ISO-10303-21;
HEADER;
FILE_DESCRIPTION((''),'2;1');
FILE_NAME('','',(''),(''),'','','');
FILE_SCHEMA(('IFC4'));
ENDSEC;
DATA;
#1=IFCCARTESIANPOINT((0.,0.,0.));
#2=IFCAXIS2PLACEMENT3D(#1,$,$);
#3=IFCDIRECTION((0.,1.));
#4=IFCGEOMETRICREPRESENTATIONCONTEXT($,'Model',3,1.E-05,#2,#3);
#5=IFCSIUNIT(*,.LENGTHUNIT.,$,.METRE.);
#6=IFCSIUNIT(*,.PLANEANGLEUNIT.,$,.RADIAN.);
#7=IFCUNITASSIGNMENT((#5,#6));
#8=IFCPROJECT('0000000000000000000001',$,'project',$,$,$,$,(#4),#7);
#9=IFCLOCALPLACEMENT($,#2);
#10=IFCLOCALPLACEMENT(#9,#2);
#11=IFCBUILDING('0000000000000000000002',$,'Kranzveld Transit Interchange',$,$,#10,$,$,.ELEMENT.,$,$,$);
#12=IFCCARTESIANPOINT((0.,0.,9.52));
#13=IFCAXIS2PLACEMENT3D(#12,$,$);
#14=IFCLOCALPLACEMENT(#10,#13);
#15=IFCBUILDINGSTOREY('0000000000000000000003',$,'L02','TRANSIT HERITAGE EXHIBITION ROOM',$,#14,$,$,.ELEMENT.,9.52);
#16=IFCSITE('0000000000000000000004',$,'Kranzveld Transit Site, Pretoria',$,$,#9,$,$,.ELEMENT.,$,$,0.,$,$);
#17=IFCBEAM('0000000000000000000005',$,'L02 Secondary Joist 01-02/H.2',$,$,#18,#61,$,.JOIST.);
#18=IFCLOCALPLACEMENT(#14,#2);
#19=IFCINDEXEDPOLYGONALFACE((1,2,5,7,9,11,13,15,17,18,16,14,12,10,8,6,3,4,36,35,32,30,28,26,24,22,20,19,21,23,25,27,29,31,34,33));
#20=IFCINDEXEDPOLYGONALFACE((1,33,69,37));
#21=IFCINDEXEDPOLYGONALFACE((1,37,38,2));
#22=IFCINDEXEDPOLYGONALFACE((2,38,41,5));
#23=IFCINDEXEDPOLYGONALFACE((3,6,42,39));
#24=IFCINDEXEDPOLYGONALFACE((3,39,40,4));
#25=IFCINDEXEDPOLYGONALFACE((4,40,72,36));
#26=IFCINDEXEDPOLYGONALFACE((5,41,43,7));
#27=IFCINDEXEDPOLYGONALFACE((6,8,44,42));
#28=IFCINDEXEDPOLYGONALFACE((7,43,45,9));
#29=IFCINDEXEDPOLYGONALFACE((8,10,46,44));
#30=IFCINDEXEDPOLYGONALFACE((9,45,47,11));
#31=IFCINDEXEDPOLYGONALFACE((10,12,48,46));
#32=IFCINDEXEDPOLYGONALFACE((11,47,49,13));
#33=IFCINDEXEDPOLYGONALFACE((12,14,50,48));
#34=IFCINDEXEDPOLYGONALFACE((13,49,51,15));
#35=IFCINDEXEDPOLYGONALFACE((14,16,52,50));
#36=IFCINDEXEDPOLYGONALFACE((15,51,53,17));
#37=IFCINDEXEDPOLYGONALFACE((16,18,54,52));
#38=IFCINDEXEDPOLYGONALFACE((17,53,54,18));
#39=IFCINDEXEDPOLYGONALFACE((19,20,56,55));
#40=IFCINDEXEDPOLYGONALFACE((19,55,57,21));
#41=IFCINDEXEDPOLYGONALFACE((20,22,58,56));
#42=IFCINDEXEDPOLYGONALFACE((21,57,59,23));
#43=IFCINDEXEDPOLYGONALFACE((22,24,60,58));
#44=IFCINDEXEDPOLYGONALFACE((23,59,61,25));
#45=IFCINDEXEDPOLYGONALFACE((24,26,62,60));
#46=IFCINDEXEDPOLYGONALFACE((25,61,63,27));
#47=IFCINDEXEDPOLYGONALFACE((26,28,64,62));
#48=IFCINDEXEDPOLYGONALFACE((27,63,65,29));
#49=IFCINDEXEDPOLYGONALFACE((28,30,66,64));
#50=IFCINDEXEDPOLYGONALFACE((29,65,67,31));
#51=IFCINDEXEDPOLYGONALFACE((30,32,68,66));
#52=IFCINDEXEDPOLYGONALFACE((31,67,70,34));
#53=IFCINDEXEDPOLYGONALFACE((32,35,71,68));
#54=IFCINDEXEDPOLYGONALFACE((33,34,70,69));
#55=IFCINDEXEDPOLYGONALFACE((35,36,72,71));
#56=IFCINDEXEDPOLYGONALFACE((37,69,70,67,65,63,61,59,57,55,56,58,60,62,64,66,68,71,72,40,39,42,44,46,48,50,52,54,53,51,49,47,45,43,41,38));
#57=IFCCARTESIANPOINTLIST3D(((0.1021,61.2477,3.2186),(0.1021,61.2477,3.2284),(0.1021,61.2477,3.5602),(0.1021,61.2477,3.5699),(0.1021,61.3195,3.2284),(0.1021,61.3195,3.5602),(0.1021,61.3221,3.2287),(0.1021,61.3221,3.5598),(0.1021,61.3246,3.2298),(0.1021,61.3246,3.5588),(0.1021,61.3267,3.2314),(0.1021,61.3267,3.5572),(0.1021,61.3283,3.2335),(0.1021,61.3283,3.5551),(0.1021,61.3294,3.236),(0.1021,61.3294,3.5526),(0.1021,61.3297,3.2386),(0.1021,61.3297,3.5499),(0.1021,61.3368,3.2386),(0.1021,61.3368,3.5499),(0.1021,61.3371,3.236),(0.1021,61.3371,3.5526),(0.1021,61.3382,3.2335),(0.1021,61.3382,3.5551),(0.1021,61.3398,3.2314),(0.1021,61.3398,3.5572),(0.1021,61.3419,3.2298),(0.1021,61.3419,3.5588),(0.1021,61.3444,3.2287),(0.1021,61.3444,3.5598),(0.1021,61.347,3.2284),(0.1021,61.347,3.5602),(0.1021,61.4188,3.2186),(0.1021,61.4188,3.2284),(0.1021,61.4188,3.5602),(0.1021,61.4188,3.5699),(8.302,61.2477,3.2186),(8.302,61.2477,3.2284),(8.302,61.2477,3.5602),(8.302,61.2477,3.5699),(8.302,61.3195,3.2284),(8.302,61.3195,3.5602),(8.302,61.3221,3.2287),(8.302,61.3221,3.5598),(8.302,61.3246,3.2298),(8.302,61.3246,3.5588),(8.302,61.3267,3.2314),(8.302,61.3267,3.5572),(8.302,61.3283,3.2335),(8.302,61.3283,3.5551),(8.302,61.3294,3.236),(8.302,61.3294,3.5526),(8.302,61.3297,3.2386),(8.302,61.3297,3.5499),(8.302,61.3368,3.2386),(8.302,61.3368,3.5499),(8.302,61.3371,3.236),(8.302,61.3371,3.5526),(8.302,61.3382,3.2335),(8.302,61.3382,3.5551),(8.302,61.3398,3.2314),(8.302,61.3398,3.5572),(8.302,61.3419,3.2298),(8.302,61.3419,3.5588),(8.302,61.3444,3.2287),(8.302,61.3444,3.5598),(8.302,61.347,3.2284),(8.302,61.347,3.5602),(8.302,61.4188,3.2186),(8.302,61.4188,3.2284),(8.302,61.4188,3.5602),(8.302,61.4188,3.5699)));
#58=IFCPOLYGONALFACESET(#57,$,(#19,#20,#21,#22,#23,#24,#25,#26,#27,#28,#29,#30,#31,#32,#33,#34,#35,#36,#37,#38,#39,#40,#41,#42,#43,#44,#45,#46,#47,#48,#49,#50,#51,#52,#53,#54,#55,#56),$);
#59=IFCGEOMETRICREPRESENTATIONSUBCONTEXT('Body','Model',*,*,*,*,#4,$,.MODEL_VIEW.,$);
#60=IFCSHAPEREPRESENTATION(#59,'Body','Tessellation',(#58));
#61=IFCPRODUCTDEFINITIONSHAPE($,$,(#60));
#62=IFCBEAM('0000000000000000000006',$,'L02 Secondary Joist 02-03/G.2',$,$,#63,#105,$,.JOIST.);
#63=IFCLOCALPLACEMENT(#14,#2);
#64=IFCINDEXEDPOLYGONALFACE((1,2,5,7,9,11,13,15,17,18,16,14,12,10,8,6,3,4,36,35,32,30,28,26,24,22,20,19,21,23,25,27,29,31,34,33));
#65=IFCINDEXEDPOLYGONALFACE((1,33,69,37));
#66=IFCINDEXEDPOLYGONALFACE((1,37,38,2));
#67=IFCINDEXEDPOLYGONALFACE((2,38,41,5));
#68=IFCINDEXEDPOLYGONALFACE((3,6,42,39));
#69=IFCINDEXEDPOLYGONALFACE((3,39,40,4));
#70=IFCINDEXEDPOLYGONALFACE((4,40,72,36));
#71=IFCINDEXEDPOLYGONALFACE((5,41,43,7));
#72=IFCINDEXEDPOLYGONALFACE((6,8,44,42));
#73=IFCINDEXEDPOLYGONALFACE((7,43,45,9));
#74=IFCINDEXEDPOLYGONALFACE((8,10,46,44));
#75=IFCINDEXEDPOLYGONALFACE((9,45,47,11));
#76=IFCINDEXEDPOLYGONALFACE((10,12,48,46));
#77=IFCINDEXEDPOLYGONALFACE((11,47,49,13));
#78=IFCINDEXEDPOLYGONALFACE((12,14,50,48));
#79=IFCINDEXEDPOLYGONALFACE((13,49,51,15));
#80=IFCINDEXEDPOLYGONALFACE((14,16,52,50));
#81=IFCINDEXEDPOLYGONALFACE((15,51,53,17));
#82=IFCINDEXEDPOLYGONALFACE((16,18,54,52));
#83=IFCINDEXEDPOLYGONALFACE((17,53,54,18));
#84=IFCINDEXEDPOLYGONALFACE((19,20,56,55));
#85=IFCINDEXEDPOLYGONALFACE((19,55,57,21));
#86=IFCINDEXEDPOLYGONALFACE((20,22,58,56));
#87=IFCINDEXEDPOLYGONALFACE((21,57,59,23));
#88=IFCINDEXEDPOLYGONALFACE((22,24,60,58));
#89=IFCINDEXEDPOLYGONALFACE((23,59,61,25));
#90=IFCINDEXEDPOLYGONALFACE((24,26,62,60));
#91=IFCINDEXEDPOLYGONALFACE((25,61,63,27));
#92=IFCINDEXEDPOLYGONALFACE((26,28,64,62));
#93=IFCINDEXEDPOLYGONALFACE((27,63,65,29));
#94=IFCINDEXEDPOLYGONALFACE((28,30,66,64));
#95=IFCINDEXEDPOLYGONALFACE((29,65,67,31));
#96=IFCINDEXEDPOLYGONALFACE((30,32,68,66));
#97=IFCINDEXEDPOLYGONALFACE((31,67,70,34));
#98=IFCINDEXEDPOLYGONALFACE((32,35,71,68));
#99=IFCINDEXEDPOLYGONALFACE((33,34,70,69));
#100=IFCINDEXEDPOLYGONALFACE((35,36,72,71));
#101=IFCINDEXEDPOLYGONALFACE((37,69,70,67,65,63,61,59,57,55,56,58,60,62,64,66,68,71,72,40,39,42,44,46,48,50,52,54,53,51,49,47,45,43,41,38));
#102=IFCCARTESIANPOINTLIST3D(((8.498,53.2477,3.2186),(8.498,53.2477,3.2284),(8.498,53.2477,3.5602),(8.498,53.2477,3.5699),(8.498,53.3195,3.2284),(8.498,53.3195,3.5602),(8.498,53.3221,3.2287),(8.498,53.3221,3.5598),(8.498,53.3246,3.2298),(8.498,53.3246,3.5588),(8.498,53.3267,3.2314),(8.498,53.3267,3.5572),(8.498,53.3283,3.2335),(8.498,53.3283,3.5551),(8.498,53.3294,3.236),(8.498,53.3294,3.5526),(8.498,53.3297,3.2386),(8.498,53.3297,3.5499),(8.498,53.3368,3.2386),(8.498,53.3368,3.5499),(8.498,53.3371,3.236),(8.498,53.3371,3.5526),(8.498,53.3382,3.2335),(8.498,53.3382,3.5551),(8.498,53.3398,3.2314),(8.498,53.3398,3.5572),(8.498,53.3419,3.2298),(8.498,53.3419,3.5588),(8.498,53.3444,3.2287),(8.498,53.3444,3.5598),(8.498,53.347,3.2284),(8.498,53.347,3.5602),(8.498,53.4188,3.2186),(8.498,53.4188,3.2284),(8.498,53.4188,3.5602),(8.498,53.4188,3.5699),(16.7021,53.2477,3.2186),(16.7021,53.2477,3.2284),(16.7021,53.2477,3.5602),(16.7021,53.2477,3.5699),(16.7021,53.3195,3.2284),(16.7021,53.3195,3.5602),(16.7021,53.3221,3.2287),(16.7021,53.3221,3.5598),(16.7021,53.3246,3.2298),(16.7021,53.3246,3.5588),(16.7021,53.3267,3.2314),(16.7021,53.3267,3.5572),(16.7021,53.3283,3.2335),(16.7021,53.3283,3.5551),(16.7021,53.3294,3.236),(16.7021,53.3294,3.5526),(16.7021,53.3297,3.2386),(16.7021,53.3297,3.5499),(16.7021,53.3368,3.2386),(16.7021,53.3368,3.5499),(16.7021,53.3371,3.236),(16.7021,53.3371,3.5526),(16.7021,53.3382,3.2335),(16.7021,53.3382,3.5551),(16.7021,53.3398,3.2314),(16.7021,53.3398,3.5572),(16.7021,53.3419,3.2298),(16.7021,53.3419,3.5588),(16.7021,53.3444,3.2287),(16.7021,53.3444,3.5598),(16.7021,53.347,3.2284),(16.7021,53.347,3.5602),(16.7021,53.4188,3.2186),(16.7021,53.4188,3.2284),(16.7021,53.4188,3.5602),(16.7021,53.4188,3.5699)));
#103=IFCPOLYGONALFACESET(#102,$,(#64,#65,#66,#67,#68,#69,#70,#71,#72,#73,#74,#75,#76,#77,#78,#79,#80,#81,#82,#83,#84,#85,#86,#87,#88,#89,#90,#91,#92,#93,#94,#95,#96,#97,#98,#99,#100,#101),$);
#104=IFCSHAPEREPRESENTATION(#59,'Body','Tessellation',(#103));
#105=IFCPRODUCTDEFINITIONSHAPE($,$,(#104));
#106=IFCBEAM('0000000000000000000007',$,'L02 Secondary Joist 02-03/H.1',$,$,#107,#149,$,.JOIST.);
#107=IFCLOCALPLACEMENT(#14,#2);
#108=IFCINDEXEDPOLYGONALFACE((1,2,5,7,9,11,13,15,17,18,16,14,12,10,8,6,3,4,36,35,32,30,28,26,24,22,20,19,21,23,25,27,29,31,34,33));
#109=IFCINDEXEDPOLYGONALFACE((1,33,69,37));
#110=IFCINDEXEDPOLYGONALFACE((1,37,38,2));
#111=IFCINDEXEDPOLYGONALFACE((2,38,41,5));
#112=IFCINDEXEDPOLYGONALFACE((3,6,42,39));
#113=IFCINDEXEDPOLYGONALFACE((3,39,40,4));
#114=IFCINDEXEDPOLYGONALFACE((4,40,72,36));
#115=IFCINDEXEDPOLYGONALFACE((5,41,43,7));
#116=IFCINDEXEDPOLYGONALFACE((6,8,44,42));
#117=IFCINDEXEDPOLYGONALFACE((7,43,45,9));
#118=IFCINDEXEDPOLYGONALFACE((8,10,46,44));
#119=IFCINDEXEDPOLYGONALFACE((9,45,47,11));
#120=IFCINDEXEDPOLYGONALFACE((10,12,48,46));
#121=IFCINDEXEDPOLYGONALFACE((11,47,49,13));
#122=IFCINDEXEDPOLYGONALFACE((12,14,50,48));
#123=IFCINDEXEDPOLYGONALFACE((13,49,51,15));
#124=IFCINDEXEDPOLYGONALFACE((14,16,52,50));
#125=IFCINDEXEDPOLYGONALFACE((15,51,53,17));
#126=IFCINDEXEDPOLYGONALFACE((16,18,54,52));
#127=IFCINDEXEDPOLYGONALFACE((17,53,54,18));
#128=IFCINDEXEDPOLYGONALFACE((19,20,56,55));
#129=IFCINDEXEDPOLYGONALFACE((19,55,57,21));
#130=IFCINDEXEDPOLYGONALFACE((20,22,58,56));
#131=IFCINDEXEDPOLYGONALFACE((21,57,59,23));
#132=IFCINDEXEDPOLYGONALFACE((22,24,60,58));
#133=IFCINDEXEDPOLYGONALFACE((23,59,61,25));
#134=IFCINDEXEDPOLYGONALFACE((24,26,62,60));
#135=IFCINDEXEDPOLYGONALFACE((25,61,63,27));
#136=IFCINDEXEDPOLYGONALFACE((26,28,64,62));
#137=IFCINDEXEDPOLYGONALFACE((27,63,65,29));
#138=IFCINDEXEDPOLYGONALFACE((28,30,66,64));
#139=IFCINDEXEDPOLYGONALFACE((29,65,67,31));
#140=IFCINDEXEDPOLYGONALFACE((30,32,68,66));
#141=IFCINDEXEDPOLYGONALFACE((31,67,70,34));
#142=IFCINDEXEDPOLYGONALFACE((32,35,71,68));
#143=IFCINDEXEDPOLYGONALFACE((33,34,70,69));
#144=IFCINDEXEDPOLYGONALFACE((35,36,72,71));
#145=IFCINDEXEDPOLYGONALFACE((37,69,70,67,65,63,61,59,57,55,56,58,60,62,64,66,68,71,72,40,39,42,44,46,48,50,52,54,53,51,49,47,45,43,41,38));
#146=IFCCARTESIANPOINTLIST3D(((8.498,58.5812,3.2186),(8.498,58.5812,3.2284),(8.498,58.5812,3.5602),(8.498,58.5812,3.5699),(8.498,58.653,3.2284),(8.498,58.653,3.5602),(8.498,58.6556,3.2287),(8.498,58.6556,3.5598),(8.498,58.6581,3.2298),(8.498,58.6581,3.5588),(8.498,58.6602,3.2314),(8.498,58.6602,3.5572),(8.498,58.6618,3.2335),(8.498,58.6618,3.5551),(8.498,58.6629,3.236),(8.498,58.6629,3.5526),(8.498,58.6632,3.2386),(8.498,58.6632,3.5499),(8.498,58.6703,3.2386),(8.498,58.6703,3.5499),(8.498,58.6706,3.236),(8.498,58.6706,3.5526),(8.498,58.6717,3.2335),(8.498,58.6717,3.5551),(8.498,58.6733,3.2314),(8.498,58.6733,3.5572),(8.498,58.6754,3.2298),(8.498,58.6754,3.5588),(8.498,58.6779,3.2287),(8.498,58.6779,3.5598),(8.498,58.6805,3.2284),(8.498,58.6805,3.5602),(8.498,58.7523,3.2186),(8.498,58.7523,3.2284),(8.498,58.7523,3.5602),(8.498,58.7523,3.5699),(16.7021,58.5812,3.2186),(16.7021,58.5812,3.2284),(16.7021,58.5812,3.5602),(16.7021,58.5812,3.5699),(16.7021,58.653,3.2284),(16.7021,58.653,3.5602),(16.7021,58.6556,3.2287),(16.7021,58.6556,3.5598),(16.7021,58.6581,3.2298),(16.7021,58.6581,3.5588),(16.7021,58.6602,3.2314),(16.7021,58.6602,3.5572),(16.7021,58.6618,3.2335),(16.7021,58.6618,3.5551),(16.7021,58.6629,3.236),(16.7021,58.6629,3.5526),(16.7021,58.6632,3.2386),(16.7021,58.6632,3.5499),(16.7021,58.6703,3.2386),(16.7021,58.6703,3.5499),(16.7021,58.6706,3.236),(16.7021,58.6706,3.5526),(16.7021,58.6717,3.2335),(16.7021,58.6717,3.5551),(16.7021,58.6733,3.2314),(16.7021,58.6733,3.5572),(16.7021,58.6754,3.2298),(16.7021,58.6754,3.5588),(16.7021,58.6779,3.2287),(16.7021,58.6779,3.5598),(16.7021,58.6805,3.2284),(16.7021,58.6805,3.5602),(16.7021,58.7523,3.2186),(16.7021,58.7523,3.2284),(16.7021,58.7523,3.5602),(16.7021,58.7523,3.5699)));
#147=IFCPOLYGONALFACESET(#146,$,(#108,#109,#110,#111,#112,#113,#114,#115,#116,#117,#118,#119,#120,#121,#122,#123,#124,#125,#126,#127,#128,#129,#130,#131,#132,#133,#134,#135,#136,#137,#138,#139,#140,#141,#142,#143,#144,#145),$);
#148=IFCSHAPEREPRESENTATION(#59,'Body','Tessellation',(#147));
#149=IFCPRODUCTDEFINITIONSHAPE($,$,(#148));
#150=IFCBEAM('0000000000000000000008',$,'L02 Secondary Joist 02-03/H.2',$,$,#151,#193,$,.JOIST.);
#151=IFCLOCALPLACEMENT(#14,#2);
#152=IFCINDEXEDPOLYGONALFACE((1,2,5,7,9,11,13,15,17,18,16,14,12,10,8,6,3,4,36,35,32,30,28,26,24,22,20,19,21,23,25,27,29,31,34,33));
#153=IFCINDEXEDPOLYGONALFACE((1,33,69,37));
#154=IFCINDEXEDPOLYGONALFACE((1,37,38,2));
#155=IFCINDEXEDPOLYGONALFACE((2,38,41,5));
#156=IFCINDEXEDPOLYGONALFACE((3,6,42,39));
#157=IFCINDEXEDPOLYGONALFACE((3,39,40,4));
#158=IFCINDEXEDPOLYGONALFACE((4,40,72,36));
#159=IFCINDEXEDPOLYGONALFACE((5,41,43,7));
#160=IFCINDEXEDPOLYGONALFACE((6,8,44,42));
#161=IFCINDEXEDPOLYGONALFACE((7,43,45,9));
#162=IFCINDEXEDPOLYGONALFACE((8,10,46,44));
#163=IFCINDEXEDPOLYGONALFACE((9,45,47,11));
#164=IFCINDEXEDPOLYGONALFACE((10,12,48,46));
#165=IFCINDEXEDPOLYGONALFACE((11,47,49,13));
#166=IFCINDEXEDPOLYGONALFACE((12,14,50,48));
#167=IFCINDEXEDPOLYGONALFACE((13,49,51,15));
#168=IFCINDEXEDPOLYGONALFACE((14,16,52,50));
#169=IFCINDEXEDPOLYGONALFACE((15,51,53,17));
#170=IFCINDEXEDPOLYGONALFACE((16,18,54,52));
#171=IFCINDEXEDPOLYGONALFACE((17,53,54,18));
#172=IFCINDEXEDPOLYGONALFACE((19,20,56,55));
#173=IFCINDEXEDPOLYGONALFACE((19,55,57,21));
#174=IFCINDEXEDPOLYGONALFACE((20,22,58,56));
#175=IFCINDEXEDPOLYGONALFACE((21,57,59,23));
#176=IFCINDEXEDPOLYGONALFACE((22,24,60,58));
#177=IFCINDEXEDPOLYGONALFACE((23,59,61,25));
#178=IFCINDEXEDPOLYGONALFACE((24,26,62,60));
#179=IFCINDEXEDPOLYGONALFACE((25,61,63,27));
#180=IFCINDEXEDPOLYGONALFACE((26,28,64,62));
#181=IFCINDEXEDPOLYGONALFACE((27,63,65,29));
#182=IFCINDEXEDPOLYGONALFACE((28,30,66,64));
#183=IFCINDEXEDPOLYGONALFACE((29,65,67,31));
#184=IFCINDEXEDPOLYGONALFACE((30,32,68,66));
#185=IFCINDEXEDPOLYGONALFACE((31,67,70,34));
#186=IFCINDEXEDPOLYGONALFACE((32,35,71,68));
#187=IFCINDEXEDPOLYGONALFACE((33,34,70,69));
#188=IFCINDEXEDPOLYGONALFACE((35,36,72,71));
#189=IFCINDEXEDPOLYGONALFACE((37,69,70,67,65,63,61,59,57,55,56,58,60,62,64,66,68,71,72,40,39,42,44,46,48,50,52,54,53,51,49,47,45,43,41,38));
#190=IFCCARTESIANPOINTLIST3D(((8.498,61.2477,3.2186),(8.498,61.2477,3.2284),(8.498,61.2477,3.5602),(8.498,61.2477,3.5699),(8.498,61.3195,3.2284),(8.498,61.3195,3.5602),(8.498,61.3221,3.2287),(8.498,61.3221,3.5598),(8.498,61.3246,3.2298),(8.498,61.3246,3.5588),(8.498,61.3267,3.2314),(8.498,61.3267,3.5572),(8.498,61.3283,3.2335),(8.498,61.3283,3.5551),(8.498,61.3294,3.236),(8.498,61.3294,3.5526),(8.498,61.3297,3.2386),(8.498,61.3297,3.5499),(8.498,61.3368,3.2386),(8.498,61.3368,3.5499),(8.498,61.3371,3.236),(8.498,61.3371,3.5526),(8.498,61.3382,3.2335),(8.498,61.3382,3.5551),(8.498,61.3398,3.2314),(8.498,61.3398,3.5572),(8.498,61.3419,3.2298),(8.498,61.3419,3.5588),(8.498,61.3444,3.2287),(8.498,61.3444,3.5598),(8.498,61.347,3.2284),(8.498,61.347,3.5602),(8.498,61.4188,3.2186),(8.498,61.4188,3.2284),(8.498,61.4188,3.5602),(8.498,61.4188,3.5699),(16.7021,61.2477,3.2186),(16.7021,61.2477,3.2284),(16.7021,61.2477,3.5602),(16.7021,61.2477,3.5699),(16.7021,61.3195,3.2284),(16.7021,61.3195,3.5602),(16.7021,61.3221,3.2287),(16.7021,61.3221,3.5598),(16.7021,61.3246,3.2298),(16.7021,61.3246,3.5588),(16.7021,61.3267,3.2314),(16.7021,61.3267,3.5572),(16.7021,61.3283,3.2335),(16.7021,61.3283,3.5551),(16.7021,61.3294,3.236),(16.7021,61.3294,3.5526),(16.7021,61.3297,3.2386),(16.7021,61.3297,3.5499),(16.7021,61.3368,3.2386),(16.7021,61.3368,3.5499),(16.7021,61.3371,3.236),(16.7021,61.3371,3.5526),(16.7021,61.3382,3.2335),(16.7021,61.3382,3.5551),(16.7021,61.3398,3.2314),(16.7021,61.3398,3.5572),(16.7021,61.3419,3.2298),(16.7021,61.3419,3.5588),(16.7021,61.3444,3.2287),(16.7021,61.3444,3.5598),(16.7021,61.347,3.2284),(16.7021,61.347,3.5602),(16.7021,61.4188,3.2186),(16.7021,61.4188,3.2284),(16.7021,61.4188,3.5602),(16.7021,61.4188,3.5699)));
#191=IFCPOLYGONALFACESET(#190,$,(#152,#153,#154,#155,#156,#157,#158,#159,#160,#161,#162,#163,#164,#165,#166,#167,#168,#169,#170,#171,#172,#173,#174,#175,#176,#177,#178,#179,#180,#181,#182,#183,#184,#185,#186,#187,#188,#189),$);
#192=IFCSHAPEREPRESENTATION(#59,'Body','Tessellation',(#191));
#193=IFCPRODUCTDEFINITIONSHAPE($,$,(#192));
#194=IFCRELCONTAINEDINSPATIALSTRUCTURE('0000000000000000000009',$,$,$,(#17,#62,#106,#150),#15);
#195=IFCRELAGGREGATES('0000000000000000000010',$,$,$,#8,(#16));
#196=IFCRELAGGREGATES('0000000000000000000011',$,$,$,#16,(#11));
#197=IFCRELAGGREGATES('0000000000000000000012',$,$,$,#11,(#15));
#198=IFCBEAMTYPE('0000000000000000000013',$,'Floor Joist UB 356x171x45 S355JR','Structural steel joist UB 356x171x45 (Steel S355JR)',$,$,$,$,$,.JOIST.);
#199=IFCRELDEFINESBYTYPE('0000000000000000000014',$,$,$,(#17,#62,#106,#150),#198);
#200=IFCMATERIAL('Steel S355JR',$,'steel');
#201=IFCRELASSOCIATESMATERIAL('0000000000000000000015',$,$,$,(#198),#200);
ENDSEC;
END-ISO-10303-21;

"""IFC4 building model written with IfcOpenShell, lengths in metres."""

from ifc_helpers import new_model, si_unit, direction, frame, origin, origin_2d, place, context, subcontext, project, spatial, i_section, extrude, material, material_profile, profile_set, type_object, element, save


model = new_model("IFC4")

# Units and contexts
model_context = context("Model", 3, precision=1e-05, world=origin(), true_north=direction((0.0, 1.0)))
body_context = subcontext(model_context, "Body", "Model", "MODEL_VIEW")
ifc_project = project(units=[si_unit("LENGTHUNIT", "METRE"), si_unit("PLANEANGLEUNIT", "RADIAN")], contexts=[model_context])

# Site, building, storey
site_placement = place(None, origin())
site = spatial("IfcSite", under=ifc_project, at=site_placement, Name="Kranzveld Transit Site, Pretoria", CompositionType="ELEMENT", RefElevation=0.0)
building_placement = place(site_placement, origin())
building = spatial("IfcBuilding", under=site, at=building_placement, Name="Kranzveld Transit Interchange", CompositionType="ELEMENT")
storey_placement = place(building_placement, frame((0.0, 0.0, 9.52)))
storey = spatial("IfcBuildingStorey", under=building, at=storey_placement, Name="L02", Description="TRANSIT HERITAGE EXHIBITION ROOM", CompositionType="ELEMENT", Elevation=9.52)

# Beams
ifc_material_1 = material(Name="Steel S355JR", Category="steel")
ifc_material_profile_1 = material_profile(ifc_material_1, i_section(OverallWidth=0.1711, OverallDepth=0.3513, WebThickness=0.0071, FlangeThickness=0.0098, FilletRadius=0.0103, at=origin_2d()), Name="UB 356x171x45")
ifc_profile_set_1 = profile_set([ifc_material_profile_1], Name="Steel S355JR")
beam_type_1 = type_object("IfcBeamType", Name="Floor Joist UB 356x171x45 S355JR", Description="Structural steel joist UB 356x171x45 (Steel S355JR)", PredefinedType="JOIST", material=ifc_profile_set_1)
for number, where, z_axis, x_axis, name in (
    (1, (0.1021, 61.3333, 3.3943), (1.0, 0.0, 0.0), (0.0, 1.0, 0.0), "L02 Secondary Joist 01-02/H.2"),
):
    element("IfcBeam", number, at=place(storey_placement, frame(where, z_axis=z_axis, x_axis=x_axis)), inside=storey, type_object=beam_type_1, Name=name, PredefinedType="JOIST", context=body_context, shape_type="SweptSolid", body=[
        extrude(i_section(OverallWidth=0.1711, OverallDepth=0.3513, WebThickness=0.0071, FlangeThickness=0.0098, FilletRadius=0.0103, at=origin_2d()), origin(), (0.0, 0.0, 1.0), 8.2),
    ])
for number, where, z_axis, x_axis, name in (
    (2, (8.498, 53.3333, 3.3943), (1.0, 0.0, 0.0), (0.0, 1.0, 0.0), "L02 Secondary Joist 02-03/G.2"),
    (3, (8.498, 58.6667, 3.3943), (1.0, 0.0, 0.0), (0.0, 1.0, 0.0), "L02 Secondary Joist 02-03/H.1"),
    (4, (8.498, 61.3333, 3.3943), (1.0, 0.0, 0.0), (0.0, 1.0, 0.0), "L02 Secondary Joist 02-03/H.2"),
):
    element("IfcBeam", number, at=place(storey_placement, frame(where, z_axis=z_axis, x_axis=x_axis)), inside=storey, type_object=beam_type_1, Name=name, PredefinedType="JOIST", context=body_context, shape_type="SweptSolid", body=[
        extrude(i_section(OverallWidth=0.1711, OverallDepth=0.3513, WebThickness=0.0071, FlangeThickness=0.0098, FilletRadius=0.0103, at=origin_2d()), origin(), (0.0, 0.0, 1.0), 8.2041),
    ])

save(model, "model.ifc")
